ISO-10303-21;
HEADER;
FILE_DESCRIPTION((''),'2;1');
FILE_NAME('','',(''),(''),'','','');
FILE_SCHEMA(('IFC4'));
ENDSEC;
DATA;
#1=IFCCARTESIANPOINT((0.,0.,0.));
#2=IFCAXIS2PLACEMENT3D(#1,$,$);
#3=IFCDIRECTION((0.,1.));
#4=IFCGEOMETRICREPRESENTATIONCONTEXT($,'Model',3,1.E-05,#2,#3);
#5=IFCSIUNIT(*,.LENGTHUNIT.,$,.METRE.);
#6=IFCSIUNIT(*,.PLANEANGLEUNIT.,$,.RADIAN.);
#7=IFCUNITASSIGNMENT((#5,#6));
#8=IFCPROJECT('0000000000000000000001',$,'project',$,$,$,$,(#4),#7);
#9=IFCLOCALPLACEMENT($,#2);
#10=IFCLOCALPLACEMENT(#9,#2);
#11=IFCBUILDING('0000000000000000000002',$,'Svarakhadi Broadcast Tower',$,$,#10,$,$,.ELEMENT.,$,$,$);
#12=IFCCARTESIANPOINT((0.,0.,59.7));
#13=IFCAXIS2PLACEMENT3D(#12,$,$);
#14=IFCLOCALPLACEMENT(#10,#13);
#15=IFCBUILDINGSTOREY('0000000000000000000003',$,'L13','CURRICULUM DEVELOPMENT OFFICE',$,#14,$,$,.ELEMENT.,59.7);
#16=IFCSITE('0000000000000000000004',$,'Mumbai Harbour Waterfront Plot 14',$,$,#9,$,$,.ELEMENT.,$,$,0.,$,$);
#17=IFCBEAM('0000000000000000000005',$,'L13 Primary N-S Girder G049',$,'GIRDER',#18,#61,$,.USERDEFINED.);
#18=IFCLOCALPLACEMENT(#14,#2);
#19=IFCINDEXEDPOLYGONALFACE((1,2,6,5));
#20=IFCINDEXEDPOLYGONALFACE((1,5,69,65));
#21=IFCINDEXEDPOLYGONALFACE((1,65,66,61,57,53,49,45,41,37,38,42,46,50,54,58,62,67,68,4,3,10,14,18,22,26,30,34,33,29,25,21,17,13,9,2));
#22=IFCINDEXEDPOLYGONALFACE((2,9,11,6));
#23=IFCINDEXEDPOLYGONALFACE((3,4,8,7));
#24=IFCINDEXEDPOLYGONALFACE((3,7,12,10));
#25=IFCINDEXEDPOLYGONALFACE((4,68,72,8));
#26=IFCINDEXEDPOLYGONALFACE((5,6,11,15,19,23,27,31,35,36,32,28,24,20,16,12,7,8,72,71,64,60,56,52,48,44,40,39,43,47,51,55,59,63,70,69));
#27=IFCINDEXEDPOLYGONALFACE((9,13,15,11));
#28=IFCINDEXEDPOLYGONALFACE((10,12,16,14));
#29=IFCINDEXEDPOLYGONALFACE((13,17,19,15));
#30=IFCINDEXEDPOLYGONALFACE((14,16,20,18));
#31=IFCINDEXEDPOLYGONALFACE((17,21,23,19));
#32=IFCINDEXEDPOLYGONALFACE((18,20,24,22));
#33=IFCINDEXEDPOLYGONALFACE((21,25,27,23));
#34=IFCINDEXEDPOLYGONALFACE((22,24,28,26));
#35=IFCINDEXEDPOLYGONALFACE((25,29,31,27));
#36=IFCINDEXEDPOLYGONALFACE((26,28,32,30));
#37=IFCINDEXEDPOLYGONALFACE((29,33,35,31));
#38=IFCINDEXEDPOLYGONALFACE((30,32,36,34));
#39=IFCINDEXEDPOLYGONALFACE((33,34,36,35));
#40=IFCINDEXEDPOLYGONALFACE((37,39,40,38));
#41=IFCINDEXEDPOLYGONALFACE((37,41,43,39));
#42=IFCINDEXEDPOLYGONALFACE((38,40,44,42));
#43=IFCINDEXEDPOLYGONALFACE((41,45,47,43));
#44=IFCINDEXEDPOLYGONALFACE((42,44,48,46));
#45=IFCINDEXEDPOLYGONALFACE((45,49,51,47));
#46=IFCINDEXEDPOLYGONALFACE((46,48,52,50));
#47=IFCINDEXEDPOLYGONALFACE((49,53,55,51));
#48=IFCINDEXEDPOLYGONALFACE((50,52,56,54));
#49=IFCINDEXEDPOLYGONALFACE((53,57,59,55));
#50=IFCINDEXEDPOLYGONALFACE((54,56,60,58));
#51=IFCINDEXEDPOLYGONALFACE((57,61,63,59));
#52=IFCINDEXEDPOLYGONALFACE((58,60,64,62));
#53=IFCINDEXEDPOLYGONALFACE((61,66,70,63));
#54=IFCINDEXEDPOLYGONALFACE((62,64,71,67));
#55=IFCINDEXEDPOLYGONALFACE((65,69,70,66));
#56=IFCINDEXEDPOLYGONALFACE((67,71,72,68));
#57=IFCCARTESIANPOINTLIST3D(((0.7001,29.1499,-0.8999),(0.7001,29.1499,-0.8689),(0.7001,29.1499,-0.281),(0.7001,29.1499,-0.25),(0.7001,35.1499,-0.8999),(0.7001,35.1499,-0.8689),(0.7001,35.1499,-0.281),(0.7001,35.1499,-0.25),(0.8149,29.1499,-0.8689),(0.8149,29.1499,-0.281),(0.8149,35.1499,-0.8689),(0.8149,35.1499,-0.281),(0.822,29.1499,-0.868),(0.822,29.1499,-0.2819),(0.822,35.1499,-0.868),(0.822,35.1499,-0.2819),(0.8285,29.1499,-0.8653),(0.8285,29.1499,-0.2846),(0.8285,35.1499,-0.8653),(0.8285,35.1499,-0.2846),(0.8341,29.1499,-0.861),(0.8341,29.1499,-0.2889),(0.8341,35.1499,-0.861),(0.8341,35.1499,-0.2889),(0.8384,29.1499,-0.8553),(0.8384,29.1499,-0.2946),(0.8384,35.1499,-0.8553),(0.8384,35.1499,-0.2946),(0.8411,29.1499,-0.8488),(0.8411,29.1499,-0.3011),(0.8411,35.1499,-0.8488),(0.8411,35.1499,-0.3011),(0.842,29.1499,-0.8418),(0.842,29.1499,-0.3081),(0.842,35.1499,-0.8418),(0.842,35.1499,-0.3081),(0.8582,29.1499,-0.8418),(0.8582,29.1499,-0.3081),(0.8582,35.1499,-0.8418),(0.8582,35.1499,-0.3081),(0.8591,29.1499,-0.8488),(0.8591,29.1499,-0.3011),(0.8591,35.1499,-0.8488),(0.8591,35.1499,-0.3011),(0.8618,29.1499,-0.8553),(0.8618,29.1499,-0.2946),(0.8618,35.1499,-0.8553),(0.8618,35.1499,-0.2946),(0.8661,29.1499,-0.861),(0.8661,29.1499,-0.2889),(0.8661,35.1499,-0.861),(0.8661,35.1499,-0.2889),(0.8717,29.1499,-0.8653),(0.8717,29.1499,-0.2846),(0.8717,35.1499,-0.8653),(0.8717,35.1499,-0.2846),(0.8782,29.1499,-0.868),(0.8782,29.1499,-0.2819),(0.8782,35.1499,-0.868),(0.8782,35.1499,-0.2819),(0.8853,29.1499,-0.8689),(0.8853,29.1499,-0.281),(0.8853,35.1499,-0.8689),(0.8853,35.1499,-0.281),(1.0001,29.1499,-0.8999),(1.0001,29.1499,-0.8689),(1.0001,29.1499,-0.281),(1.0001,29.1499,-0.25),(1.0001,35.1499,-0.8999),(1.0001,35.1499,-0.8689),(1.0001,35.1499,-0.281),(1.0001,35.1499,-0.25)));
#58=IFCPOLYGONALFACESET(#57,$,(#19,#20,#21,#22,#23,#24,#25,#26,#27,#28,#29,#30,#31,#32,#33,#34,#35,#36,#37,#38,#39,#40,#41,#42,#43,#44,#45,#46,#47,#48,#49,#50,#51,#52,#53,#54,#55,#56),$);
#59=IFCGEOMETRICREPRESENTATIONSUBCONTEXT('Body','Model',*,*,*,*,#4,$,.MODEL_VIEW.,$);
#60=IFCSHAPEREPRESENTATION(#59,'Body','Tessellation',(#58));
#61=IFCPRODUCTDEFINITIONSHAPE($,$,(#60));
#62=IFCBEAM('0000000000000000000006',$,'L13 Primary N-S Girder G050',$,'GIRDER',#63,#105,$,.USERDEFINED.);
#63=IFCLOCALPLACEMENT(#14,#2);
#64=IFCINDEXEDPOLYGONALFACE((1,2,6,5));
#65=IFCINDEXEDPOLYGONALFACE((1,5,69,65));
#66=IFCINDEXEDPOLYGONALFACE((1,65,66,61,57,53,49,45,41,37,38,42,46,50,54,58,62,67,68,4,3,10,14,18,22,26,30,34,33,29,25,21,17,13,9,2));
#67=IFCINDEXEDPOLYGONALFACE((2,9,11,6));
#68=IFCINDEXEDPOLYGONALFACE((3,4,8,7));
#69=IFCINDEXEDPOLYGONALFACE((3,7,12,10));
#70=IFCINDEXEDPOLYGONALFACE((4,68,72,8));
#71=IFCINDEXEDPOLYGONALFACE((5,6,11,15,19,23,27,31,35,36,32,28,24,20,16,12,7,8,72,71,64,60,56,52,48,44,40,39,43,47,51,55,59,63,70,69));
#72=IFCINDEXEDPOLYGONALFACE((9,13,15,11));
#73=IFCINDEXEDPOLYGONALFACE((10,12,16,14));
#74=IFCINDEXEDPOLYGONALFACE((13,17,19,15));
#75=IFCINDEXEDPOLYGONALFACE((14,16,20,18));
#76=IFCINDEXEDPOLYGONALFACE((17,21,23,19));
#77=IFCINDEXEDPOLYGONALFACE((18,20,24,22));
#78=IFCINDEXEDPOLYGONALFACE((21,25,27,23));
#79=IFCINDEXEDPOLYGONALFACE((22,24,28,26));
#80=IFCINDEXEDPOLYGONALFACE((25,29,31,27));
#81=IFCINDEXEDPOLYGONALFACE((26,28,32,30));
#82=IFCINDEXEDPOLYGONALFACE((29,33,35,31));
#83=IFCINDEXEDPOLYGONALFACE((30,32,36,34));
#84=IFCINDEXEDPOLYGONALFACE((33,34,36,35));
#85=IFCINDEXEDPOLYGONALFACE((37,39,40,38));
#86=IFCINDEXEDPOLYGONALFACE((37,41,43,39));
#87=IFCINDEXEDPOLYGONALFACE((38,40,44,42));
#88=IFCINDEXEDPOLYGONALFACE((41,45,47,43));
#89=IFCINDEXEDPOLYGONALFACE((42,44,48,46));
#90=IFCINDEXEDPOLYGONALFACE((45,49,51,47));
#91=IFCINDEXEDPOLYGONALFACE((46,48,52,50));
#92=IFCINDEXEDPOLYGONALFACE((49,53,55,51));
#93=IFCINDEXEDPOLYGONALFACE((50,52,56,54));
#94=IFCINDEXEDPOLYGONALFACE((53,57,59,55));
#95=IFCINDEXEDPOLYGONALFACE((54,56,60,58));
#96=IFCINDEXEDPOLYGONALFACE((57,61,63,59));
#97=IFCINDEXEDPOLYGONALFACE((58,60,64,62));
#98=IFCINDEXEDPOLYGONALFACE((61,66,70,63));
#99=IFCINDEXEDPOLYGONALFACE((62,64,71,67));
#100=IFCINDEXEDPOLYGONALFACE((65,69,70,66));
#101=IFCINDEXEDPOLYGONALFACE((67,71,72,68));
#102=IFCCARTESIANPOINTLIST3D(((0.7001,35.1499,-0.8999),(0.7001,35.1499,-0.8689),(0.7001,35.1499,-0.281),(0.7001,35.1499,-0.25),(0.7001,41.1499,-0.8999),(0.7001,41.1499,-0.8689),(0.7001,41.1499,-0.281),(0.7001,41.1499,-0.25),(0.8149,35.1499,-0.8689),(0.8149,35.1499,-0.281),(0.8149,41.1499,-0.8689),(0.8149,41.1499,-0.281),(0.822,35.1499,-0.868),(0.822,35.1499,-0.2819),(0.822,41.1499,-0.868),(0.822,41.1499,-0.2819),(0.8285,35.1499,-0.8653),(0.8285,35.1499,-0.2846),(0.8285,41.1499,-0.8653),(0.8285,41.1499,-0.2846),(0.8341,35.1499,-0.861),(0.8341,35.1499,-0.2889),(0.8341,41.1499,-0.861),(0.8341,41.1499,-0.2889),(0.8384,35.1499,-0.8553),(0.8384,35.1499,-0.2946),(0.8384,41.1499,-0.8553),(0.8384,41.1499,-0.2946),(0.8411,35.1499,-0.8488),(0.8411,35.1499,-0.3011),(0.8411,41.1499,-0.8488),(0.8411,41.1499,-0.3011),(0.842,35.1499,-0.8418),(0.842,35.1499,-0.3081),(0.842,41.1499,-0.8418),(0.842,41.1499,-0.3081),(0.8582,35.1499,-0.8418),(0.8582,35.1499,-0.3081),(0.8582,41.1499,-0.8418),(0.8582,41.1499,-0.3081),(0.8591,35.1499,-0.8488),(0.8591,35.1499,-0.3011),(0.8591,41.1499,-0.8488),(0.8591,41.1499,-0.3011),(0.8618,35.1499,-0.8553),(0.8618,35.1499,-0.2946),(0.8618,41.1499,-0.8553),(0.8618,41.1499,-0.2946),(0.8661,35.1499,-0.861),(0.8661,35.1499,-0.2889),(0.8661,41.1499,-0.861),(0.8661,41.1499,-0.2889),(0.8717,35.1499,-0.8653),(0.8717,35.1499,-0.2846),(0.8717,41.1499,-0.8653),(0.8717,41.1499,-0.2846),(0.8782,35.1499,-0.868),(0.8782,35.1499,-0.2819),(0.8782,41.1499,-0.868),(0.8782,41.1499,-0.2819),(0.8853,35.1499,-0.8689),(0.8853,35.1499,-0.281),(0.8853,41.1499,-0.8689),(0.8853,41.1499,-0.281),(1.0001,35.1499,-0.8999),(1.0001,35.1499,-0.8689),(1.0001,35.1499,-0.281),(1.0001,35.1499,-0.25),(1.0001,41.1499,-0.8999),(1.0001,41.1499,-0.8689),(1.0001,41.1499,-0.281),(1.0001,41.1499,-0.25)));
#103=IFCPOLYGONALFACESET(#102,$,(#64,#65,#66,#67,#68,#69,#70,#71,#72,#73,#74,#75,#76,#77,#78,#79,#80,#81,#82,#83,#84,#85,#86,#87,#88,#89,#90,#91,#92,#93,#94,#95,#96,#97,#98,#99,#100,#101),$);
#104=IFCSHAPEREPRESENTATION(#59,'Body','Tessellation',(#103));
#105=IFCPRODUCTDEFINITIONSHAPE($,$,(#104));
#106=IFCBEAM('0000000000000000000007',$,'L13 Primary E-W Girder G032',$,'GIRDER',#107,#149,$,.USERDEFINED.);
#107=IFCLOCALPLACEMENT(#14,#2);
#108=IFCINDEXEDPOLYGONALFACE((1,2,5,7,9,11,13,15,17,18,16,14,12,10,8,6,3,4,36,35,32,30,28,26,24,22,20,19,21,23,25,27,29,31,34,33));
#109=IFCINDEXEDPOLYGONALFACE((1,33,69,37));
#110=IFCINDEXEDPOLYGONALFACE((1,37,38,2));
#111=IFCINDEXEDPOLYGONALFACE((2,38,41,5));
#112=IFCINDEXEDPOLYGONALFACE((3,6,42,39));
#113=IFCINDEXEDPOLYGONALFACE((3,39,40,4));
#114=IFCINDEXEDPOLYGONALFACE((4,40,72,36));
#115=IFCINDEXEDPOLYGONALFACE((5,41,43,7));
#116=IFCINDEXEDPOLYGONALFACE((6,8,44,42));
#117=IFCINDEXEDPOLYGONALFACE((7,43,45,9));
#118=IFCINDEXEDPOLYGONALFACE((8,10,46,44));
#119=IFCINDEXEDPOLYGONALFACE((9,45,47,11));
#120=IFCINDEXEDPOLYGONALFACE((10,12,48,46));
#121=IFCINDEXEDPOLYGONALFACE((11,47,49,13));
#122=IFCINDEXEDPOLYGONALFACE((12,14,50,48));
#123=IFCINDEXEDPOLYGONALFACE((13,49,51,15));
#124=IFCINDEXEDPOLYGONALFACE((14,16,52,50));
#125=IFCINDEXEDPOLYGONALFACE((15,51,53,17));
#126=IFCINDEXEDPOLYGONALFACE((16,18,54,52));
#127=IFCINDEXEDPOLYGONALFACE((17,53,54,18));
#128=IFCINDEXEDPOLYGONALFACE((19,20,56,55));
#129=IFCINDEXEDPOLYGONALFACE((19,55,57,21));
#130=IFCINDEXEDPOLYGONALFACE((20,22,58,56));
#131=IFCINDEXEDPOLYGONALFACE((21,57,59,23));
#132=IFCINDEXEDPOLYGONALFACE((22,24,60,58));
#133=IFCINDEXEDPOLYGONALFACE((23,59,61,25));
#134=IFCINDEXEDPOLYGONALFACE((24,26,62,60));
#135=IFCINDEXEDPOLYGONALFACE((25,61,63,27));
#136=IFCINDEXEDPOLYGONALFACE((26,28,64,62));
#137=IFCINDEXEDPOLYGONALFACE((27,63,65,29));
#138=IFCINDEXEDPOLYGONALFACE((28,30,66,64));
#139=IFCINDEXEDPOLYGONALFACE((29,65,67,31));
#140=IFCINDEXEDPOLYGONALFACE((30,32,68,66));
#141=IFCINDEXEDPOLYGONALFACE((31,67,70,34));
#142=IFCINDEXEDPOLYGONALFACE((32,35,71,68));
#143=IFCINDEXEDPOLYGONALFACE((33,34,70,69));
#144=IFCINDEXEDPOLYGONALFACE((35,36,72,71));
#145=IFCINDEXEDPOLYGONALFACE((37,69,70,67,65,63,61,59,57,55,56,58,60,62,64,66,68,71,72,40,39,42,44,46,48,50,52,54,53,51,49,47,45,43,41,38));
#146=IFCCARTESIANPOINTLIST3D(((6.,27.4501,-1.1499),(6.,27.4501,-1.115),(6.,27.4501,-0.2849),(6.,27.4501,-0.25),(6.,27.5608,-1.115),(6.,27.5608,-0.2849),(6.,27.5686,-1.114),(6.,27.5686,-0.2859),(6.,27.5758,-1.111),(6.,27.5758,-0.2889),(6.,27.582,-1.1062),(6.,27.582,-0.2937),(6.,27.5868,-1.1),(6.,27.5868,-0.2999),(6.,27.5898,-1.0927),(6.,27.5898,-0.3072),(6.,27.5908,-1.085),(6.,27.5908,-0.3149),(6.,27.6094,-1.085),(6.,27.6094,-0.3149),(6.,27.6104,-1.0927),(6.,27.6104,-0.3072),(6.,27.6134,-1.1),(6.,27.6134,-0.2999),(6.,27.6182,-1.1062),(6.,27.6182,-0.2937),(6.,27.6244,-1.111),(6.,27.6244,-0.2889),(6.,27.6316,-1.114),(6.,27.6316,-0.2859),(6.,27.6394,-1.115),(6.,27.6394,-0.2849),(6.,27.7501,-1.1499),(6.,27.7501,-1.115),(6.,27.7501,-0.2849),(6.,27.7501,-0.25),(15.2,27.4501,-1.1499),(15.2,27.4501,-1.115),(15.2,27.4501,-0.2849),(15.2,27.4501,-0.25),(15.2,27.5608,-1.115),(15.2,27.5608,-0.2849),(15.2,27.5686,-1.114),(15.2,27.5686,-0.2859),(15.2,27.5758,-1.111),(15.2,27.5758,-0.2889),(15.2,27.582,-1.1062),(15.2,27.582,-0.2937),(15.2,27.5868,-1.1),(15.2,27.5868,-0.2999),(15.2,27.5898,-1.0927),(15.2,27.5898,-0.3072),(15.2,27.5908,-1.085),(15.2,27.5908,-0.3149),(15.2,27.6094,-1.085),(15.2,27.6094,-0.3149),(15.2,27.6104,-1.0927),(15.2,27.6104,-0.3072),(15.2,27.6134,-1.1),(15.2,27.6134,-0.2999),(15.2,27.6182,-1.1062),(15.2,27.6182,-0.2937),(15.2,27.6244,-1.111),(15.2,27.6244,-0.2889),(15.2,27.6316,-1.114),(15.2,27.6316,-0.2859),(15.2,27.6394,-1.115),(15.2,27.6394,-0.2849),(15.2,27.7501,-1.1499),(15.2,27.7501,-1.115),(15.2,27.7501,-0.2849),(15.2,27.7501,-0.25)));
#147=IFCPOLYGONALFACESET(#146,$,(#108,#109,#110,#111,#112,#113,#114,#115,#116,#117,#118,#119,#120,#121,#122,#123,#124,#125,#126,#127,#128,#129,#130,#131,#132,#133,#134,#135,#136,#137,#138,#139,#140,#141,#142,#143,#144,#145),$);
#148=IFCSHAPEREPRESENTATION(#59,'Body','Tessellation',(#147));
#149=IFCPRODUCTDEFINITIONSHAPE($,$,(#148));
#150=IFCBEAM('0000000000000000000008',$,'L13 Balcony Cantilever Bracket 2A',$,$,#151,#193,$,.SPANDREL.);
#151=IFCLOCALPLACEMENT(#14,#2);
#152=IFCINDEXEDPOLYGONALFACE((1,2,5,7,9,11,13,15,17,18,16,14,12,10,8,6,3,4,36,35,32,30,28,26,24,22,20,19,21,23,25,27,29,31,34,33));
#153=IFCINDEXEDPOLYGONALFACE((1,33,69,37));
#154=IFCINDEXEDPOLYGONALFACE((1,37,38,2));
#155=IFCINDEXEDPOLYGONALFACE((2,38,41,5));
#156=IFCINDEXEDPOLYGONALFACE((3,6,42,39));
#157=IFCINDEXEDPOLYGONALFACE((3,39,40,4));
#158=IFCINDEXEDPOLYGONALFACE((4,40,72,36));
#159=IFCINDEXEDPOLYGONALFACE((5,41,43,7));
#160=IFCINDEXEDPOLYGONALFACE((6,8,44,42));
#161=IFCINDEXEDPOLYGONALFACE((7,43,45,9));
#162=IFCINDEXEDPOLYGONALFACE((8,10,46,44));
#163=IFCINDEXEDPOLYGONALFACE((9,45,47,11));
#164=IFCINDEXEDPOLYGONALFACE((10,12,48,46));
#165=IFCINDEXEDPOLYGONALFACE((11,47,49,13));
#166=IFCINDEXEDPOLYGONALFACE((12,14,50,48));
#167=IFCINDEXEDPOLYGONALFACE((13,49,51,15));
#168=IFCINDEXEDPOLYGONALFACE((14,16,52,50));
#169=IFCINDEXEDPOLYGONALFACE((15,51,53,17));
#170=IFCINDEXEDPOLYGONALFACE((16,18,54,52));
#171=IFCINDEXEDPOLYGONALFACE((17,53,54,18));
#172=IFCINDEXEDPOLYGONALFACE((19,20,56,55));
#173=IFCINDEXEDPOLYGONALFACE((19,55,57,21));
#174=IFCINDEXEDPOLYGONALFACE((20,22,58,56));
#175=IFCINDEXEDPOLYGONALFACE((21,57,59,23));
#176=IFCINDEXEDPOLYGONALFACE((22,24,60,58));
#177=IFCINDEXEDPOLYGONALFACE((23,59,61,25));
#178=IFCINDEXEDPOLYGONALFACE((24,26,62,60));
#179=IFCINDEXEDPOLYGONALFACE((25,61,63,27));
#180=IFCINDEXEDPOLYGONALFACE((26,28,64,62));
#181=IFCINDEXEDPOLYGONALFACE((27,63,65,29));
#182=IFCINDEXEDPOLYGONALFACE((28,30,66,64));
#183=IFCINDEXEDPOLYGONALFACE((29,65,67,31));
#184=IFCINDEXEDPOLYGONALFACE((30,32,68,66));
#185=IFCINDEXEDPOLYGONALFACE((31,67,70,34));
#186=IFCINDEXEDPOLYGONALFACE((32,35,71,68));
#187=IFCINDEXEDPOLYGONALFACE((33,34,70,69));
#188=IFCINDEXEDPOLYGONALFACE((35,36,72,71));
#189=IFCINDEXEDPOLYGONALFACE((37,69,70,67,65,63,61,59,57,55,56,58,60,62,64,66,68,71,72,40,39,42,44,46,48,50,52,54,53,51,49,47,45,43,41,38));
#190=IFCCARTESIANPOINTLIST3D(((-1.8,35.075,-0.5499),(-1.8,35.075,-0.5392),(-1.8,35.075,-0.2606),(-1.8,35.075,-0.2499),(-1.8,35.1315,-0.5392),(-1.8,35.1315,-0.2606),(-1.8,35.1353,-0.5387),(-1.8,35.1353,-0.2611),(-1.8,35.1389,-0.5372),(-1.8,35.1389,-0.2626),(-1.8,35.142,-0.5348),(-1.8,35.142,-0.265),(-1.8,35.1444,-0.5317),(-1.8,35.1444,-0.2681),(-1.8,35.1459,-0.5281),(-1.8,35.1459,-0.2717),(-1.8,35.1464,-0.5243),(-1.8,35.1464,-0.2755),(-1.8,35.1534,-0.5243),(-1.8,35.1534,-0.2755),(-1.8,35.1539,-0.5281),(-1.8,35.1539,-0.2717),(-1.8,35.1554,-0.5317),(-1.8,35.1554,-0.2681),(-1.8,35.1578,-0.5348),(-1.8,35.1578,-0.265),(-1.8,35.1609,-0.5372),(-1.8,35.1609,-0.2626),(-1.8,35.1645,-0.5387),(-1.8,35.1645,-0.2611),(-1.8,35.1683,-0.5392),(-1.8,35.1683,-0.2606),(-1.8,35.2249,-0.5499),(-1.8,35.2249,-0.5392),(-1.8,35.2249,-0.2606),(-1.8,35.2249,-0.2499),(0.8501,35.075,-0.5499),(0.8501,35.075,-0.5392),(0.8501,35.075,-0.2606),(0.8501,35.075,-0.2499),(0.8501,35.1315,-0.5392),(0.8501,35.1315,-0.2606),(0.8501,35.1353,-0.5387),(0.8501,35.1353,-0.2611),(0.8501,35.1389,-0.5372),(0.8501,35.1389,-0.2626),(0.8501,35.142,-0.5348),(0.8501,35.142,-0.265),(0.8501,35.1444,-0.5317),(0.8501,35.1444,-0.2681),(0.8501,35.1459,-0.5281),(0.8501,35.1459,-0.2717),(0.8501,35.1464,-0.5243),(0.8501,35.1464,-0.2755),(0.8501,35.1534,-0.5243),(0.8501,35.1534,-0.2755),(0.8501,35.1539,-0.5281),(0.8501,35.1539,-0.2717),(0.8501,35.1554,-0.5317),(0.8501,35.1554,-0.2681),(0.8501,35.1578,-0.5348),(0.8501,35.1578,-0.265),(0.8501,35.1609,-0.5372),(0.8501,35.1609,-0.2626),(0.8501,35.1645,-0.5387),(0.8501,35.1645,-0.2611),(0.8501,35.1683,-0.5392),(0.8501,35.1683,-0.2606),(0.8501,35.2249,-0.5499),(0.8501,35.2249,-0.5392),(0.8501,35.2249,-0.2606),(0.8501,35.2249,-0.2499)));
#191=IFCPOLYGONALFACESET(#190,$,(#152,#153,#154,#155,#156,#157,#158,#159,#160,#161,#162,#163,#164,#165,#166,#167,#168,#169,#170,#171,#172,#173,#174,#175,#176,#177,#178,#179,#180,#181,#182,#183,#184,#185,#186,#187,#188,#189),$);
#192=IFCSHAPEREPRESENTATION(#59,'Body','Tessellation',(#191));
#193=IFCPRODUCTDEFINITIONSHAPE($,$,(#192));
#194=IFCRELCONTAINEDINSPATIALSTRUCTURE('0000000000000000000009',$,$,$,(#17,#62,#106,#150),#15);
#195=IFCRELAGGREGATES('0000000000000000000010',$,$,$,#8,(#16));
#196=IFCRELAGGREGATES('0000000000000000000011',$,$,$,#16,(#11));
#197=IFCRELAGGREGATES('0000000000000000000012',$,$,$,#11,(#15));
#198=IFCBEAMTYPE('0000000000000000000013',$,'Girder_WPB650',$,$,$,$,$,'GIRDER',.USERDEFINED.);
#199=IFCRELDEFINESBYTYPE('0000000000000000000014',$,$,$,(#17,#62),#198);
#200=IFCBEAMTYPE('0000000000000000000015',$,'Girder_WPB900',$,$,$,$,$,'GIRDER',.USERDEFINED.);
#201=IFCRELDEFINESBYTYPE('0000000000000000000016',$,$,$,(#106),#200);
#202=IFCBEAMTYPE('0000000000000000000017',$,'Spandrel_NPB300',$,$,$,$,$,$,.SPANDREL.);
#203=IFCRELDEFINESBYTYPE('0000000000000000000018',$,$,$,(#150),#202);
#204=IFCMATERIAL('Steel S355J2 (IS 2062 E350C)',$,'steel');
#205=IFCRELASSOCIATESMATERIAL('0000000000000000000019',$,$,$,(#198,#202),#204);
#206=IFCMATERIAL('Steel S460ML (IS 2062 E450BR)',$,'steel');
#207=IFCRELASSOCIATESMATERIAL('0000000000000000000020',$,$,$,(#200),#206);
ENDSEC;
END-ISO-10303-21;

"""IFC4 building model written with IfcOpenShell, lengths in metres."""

from ifc_helpers import new_model, si_unit, direction, frame, origin, origin_2d, place, context, subcontext, project, spatial, i_section, extrude, material, material_profile, profile_set, type_object, element, save


model = new_model("IFC4")

# Units and contexts
model_context = context("Model", 3, precision=1e-05, world=origin(), true_north=direction((0.0, 1.0)))
body_context = subcontext(model_context, "Body", "Model", "MODEL_VIEW")
ifc_project = project(units=[si_unit("LENGTHUNIT", "METRE"), si_unit("PLANEANGLEUNIT", "RADIAN")], contexts=[model_context])

# Site, building, storey
site_placement = place(None, origin())
site = spatial("IfcSite", under=ifc_project, at=site_placement, Name="Mumbai Harbour Waterfront Plot 14", CompositionType="ELEMENT", RefElevation=0.0)
building_placement = place(site_placement, origin())
building = spatial("IfcBuilding", under=site, at=building_placement, Name="Svarakhadi Broadcast Tower", CompositionType="ELEMENT")
storey_placement = place(building_placement, frame((0.0, 0.0, 59.7)))
storey = spatial("IfcBuildingStorey", under=building, at=storey_placement, Name="L13", Description="CURRICULUM DEVELOPMENT OFFICE", CompositionType="ELEMENT", Elevation=59.7)

# Shared definitions
ifc_material_1 = material(Name="Steel S460ML (IS 2062 E450BR)", Category="steel")

# Shared definitions
ifc_material_2 = material(Name="Steel S355J2 (IS 2062 E350C)", Category="steel")

# Beams
ifc_material_profile_1 = material_profile(ifc_material_2, i_section(OverallWidth=0.3, OverallDepth=0.6499, WebThickness=0.0161, FlangeThickness=0.031, FilletRadius=0.0271, at=origin_2d()), Name="WPB 650x300x225")
ifc_profile_set_1 = profile_set([ifc_material_profile_1], Name="Steel S355J2 (IS 2062 E350C)")
beam_type_1 = type_object("IfcBeamType", Name="Girder_WPB650", ElementType="GIRDER", PredefinedType="USERDEFINED", material=ifc_profile_set_1)
for number, where, z_axis, x_axis, name in (
    (1, (0.8501, 29.1499, -0.575), (0.0, 1.0, 0.0), (-1.0, 0.0, 0.0), "L13 Primary N-S Girder G049"),
    (2, (0.8501, 35.1499, -0.575), (0.0, 1.0, 0.0), (-1.0, 0.0, 0.0), "L13 Primary N-S Girder G050"),
):
    element("IfcBeam", number, at=place(storey_placement, frame(where, z_axis=z_axis, x_axis=x_axis)), inside=storey, type_object=beam_type_1, Name=name, ObjectType="GIRDER", PredefinedType="USERDEFINED", context=body_context, shape_type="SweptSolid", body=[
        extrude(i_section(OverallWidth=0.3, OverallDepth=0.6499, WebThickness=0.0161, FlangeThickness=0.031, FilletRadius=0.0271, at=origin_2d()), origin(), (0.0, 0.0, 1.0), 6.0),
    ])
ifc_material_profile_2 = material_profile(ifc_material_1, i_section(OverallWidth=0.3, OverallDepth=0.8999, WebThickness=0.0186, FlangeThickness=0.0349, FilletRadius=0.03, at=origin_2d()), Name="WPB 900x300x291")
ifc_profile_set_2 = profile_set([ifc_material_profile_2], Name="Steel S460ML (IS 2062 E450BR)")
beam_type_2 = type_object("IfcBeamType", Name="Girder_WPB900", ElementType="GIRDER", PredefinedType="USERDEFINED", material=ifc_profile_set_2)
beam_1_placement = place(storey_placement, frame((6.0, 27.6001, -0.7), z_axis=(1.0, 0.0, 0.0), x_axis=(0.0, 1.0, 0.0)))
element("IfcBeam", 3, at=beam_1_placement, inside=storey, type_object=beam_type_2, Name="L13 Primary E-W Girder G032", ObjectType="GIRDER", PredefinedType="USERDEFINED", context=body_context, shape_type="SweptSolid", body=[
    extrude(i_section(OverallWidth=0.3, OverallDepth=0.8999, WebThickness=0.0186, FlangeThickness=0.0349, FilletRadius=0.03, at=origin_2d()), origin(), (0.0, 0.0, 1.0), 9.2),
])
ifc_material_profile_3 = material_profile(ifc_material_2, i_section(OverallWidth=0.1499, OverallDepth=0.3, WebThickness=0.0071, FlangeThickness=0.0107, FilletRadius=0.0149, at=origin_2d()), Name="NPB 300x150x37")
ifc_profile_set_3 = profile_set([ifc_material_profile_3], Name="Steel S355J2 (IS 2062 E350C)")
beam_type_3 = type_object("IfcBeamType", Name="Spandrel_NPB300", PredefinedType="SPANDREL", material=ifc_profile_set_3)
beam_2_placement = place(storey_placement, frame((0.8501, 35.1499, -0.3999), z_axis=(-1.0, 0.0, 0.0), x_axis=(0.0, -1.0, 0.0)))
element("IfcBeam", 4, at=beam_2_placement, inside=storey, type_object=beam_type_3, Name="L13 Balcony Cantilever Bracket 2A", PredefinedType="SPANDREL", context=body_context, shape_type="SweptSolid", body=[
    extrude(i_section(OverallWidth=0.1499, OverallDepth=0.3, WebThickness=0.0071, FlangeThickness=0.0107, FilletRadius=0.0149, at=origin_2d()), origin(), (0.0, 0.0, 1.0), 2.6501),
])

save(model, "model.ifc")
